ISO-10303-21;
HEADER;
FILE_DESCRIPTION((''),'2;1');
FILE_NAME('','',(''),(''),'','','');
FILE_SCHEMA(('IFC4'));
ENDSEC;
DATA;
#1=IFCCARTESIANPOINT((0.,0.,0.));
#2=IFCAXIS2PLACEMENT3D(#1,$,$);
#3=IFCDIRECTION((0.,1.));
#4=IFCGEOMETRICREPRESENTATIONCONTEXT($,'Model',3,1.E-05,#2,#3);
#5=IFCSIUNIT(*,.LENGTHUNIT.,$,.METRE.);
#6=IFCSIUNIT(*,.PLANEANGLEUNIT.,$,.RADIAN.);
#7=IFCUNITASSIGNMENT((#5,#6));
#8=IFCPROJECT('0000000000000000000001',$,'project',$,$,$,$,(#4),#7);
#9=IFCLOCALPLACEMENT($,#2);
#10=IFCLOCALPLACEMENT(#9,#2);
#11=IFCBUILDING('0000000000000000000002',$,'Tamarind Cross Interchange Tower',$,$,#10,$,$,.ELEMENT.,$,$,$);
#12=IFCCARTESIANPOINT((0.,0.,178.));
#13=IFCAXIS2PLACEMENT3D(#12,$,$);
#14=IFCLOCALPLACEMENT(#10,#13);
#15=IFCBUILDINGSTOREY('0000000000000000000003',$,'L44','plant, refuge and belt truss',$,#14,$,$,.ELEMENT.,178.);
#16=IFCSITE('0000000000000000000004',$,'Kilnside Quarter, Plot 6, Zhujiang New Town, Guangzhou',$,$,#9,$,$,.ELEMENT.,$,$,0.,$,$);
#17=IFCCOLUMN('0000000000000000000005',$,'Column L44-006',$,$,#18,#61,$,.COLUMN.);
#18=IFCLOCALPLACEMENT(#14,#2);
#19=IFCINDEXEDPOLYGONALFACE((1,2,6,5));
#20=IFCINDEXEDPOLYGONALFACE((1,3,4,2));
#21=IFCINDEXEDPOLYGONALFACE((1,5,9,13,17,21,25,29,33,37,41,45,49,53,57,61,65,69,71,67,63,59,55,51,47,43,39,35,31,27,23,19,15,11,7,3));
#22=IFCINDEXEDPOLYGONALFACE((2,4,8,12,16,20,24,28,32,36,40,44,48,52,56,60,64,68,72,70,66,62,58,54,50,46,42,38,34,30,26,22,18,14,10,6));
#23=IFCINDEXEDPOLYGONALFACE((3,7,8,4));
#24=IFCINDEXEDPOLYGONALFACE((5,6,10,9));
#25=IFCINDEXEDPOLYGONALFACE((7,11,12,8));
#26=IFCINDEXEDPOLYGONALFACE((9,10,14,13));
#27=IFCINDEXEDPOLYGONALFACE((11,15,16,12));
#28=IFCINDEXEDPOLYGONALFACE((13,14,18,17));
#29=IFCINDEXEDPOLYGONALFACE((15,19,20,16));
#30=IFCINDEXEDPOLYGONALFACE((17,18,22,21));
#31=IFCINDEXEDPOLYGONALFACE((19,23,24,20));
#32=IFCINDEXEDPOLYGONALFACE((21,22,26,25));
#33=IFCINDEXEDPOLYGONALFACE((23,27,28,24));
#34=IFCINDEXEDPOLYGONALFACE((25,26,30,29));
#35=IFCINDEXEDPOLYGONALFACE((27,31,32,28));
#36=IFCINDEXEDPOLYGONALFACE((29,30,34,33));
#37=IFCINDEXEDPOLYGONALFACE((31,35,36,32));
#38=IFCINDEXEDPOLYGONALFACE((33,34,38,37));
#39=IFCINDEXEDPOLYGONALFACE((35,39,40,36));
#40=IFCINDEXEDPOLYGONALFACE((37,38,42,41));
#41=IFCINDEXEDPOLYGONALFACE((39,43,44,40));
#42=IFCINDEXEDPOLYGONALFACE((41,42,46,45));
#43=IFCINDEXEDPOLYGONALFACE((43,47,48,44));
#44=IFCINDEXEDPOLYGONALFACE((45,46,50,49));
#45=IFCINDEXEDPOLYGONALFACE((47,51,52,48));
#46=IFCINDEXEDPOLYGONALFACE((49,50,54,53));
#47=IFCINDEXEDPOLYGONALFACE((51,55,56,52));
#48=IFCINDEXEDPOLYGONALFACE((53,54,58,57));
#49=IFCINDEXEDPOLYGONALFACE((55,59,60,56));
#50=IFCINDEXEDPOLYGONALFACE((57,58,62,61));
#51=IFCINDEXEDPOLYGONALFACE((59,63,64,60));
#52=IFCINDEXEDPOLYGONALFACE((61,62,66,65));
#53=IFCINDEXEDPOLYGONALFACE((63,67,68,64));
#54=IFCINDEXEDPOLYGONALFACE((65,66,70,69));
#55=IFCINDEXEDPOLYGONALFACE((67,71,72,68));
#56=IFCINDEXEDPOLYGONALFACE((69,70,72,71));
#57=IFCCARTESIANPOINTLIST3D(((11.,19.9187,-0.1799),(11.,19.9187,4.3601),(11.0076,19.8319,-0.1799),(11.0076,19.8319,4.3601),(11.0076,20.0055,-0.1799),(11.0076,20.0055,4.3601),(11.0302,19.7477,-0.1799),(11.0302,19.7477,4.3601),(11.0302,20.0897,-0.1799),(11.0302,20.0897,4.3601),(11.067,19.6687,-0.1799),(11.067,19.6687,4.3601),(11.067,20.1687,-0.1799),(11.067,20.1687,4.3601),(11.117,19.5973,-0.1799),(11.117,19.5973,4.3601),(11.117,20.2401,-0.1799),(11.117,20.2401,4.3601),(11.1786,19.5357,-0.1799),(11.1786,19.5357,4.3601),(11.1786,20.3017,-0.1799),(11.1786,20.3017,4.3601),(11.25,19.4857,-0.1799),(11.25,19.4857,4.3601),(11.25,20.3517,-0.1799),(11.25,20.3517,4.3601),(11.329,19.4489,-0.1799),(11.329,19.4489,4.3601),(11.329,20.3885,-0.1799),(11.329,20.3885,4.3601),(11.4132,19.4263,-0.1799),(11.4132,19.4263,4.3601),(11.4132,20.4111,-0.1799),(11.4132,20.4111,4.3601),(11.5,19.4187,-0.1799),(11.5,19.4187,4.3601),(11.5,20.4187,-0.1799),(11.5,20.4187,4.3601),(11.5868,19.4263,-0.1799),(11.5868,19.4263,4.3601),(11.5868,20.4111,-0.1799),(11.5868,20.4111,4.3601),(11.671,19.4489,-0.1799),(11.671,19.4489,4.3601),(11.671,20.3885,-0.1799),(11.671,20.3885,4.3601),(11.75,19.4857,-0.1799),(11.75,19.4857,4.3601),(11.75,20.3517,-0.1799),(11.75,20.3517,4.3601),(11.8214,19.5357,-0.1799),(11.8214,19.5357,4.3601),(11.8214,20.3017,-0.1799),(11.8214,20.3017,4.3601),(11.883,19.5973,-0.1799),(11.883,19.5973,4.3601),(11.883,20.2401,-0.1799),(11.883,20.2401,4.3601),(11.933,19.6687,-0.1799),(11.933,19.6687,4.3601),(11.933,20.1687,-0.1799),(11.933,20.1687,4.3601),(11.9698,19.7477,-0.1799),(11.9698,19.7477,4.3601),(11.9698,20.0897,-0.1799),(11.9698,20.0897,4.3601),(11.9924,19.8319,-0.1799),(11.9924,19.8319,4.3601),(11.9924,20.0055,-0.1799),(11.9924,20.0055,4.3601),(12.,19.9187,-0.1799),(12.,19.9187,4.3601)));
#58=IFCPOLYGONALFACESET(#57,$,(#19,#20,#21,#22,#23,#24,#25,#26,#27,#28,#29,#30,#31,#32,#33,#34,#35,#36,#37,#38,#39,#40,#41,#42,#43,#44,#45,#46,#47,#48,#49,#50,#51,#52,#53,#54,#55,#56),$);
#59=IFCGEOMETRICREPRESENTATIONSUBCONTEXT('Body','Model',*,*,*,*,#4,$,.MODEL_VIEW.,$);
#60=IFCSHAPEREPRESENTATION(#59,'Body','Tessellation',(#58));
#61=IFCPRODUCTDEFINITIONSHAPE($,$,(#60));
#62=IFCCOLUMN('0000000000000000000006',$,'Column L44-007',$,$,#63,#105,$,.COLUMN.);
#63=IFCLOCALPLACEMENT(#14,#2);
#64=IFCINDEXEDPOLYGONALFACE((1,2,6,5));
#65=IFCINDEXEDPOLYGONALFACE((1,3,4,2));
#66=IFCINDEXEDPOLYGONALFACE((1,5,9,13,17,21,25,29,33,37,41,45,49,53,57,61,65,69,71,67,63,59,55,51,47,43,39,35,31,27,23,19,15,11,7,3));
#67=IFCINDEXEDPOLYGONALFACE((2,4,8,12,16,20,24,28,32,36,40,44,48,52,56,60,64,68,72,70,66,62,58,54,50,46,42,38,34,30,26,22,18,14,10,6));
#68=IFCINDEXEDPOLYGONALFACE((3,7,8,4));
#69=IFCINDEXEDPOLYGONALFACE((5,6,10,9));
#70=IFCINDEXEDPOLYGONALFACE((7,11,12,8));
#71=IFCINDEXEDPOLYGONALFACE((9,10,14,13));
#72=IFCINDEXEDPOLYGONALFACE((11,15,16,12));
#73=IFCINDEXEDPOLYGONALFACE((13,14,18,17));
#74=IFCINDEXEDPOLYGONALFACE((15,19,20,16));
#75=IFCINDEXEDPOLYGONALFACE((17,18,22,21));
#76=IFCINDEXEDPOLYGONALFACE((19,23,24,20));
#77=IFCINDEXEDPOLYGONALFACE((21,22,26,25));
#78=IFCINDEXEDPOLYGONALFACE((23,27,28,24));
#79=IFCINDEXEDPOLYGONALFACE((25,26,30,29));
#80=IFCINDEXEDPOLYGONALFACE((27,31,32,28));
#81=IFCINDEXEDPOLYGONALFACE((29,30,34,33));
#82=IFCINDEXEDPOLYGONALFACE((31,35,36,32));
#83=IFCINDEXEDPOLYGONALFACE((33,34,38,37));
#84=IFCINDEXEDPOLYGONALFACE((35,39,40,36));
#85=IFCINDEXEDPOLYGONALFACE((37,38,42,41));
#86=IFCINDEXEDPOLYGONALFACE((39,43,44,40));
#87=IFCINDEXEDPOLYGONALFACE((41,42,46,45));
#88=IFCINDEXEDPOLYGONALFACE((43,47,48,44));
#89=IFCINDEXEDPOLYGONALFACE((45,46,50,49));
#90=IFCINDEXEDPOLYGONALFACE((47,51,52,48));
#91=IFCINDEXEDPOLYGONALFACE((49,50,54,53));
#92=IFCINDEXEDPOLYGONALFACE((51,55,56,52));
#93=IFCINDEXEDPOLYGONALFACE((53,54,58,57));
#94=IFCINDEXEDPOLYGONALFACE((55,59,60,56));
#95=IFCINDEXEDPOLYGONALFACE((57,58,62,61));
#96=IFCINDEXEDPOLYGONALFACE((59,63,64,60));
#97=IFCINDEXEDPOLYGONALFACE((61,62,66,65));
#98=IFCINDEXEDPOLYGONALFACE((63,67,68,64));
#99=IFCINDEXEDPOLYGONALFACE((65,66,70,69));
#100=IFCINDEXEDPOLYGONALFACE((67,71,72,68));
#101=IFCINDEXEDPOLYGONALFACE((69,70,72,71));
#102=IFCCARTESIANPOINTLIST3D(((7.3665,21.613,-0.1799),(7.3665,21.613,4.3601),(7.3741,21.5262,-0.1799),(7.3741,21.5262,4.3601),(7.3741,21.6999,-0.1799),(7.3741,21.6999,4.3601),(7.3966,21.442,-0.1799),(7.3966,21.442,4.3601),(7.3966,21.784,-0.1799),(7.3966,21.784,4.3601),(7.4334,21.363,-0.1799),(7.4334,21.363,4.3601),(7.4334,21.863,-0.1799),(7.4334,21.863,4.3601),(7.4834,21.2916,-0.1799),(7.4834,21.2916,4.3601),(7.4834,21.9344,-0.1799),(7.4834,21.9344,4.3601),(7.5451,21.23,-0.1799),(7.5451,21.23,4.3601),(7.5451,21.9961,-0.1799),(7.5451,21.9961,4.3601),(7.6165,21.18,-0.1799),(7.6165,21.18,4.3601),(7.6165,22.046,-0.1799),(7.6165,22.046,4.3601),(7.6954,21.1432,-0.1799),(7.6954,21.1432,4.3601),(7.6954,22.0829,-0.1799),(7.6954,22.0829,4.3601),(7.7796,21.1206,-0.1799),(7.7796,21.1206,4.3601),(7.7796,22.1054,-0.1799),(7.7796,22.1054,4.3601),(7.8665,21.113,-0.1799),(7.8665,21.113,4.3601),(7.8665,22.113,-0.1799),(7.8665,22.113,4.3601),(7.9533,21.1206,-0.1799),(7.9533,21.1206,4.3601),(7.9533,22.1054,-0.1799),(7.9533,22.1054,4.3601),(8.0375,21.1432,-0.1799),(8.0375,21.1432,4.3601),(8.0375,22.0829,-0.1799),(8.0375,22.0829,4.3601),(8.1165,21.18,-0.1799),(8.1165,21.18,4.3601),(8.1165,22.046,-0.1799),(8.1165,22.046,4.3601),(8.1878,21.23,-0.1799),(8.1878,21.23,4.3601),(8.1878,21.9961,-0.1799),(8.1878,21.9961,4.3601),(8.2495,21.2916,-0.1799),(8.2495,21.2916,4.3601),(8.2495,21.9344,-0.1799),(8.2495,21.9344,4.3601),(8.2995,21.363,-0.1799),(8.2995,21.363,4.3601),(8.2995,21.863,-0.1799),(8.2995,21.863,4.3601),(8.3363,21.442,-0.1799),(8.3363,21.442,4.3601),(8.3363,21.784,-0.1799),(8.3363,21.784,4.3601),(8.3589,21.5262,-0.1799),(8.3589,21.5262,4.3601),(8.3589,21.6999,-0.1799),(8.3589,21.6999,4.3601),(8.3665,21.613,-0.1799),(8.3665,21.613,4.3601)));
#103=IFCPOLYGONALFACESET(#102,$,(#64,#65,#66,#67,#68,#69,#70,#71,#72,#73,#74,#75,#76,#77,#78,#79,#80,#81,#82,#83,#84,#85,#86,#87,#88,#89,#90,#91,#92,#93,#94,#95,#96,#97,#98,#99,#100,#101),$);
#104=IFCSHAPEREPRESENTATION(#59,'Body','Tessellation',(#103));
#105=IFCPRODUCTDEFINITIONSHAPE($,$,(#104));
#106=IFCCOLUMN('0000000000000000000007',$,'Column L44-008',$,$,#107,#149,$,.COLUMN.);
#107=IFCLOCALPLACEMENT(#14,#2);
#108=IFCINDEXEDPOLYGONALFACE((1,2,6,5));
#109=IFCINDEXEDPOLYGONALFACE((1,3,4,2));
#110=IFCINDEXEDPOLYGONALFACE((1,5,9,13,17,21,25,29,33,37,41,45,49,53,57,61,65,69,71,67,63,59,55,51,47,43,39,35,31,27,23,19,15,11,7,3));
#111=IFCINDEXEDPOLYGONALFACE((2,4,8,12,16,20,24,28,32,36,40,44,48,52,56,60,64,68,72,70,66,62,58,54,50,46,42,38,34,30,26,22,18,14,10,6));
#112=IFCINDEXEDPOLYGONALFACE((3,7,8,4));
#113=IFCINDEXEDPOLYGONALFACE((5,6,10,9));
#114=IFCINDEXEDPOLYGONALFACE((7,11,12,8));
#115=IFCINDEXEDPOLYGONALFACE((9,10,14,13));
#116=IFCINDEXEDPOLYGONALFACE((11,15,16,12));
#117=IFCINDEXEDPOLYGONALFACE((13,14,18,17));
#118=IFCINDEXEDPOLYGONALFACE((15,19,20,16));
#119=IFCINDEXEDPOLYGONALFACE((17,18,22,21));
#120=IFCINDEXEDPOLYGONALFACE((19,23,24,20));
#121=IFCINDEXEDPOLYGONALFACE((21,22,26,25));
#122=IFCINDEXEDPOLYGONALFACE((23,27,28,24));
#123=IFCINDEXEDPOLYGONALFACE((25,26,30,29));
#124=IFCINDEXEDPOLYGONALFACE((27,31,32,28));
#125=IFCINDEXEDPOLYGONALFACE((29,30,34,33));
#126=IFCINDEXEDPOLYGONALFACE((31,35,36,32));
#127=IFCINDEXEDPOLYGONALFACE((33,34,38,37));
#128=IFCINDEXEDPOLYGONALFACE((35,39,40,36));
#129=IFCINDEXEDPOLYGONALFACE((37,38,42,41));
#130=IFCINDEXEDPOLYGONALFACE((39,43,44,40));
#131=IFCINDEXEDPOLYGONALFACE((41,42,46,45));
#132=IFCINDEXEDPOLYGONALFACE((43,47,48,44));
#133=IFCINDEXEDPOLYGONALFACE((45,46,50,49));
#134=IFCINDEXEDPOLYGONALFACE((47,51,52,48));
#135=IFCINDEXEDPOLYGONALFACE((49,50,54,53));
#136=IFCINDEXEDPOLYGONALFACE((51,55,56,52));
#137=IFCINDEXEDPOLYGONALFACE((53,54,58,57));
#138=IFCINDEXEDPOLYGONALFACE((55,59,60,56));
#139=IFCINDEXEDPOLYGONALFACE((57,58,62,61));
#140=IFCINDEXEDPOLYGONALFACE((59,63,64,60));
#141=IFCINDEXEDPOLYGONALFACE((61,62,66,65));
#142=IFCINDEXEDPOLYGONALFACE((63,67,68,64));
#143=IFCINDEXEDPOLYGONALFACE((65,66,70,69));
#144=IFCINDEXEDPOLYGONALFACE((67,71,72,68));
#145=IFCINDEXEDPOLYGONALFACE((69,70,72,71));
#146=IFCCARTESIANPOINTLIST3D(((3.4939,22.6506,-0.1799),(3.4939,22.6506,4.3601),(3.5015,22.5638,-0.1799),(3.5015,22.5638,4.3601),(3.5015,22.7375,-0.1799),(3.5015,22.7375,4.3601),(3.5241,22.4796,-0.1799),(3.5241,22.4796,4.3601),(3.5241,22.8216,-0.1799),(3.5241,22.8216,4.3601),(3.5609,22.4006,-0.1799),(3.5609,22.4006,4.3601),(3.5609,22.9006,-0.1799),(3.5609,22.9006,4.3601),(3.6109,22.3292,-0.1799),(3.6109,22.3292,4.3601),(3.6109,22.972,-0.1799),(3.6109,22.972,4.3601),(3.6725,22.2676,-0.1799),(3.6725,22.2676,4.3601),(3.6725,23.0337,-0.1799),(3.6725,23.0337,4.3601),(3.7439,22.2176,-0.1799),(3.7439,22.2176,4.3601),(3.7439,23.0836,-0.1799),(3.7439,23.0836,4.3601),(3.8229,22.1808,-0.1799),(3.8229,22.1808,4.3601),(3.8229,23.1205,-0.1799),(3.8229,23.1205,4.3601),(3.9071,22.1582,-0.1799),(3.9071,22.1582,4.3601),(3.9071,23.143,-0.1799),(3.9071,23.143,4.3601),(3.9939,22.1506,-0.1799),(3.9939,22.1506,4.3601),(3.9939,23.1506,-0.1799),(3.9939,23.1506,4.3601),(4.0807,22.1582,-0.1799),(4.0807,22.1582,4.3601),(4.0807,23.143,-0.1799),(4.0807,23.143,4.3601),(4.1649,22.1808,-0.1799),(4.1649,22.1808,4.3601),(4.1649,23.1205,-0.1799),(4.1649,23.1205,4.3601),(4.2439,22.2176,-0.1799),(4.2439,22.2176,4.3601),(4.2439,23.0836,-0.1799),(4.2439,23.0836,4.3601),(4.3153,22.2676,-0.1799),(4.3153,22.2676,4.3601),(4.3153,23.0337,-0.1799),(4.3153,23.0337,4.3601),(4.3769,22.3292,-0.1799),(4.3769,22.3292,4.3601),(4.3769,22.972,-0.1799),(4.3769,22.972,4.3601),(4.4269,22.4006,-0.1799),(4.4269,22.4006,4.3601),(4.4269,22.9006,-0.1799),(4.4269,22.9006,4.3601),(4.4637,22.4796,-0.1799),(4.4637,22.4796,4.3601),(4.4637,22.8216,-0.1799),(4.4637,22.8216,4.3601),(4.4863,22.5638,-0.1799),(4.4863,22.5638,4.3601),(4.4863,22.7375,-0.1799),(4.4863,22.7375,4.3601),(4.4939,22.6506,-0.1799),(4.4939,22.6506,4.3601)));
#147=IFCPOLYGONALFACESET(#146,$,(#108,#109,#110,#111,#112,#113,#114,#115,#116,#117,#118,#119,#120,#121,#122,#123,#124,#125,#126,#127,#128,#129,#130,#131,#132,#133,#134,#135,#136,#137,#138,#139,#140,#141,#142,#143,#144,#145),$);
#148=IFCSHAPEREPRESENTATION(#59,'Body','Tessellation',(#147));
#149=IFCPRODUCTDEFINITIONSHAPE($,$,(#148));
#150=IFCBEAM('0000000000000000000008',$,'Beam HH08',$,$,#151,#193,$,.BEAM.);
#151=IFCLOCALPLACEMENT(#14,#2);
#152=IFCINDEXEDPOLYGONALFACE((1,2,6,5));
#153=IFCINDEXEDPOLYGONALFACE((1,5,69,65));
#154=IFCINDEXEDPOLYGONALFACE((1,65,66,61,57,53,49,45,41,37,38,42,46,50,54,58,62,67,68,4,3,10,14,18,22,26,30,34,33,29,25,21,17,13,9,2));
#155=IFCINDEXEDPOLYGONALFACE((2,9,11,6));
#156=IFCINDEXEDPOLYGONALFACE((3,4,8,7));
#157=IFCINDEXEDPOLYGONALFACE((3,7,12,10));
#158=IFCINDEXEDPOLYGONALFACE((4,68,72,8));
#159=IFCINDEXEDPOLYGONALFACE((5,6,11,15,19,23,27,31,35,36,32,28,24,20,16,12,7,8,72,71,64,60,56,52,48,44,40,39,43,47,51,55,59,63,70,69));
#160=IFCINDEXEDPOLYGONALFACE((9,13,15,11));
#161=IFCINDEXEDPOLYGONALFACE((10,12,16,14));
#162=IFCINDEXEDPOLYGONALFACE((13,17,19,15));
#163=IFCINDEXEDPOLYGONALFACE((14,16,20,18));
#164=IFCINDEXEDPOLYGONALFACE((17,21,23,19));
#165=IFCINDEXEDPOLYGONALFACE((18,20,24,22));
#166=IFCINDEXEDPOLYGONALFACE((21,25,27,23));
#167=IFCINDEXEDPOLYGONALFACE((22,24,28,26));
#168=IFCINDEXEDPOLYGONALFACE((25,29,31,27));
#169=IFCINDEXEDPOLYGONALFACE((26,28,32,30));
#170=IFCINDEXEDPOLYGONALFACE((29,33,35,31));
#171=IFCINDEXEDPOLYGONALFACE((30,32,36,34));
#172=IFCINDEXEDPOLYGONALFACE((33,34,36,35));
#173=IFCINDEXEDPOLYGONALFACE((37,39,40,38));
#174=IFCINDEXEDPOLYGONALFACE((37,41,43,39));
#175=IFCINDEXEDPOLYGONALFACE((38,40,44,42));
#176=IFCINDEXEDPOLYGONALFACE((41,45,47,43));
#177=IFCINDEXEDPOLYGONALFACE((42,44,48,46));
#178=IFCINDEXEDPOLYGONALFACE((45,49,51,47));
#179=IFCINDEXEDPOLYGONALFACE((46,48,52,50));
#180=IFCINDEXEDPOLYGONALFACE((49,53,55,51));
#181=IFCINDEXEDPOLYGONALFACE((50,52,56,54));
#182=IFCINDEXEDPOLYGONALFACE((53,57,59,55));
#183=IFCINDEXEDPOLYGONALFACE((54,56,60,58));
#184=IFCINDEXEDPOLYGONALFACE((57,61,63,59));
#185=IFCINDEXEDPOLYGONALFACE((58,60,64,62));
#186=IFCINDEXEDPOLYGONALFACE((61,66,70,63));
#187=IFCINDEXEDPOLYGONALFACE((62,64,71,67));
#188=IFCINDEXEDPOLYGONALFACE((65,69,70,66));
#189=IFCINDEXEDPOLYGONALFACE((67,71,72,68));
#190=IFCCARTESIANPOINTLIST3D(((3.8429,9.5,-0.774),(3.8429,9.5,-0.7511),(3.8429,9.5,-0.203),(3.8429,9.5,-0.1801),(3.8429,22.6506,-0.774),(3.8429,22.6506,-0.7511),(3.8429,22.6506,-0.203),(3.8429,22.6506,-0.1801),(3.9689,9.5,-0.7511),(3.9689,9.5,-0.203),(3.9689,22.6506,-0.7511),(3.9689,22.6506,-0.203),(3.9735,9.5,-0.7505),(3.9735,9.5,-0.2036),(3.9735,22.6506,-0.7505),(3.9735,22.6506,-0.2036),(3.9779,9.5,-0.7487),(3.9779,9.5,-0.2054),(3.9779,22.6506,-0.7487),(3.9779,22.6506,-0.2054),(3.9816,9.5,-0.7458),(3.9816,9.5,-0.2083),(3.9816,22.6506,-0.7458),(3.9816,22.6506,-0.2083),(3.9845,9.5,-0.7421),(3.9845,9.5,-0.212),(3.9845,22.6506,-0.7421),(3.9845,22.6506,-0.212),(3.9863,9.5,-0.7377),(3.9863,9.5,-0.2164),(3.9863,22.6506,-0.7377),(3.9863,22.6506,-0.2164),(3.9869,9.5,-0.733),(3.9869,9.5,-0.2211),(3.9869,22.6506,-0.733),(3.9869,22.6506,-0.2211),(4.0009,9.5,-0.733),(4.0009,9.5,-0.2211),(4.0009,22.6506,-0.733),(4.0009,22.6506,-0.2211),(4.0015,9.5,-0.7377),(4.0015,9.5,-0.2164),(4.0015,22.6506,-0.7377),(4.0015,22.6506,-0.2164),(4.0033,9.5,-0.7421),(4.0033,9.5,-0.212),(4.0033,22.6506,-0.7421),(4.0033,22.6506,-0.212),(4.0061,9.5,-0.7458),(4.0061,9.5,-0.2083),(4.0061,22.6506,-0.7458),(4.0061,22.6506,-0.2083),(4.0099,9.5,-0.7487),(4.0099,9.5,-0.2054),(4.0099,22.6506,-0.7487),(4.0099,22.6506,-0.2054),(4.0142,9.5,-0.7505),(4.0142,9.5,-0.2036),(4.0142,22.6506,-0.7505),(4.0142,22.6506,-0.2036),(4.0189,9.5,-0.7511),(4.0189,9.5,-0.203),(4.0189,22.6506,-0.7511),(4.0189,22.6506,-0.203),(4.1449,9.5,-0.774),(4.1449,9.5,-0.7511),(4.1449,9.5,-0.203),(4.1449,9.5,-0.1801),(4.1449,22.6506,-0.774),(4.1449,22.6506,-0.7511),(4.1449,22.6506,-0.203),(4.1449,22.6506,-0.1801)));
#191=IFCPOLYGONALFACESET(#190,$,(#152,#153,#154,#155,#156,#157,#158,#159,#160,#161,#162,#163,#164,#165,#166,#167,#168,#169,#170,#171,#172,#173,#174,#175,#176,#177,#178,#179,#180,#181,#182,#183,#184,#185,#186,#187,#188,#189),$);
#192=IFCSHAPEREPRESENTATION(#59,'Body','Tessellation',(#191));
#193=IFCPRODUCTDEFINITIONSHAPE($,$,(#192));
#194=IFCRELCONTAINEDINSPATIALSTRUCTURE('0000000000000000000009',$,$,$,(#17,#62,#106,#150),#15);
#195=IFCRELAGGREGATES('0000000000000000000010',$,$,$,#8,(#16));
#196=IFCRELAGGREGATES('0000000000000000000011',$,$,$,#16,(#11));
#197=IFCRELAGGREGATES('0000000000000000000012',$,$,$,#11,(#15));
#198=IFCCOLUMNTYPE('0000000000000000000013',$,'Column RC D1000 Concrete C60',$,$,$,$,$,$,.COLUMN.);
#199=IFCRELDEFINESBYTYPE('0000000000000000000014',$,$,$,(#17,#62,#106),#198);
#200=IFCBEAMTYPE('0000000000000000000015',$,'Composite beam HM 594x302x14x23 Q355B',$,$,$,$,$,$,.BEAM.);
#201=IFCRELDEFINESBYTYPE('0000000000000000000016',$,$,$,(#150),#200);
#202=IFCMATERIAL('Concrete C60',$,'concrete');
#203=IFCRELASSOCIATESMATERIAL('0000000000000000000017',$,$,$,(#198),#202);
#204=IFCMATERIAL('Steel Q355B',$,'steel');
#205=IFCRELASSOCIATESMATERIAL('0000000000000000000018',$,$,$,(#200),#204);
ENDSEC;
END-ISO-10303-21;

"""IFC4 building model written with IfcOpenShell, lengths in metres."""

from ifc_helpers import new_model, si_unit, direction, frame, origin, origin_2d, place, context, subcontext, project, spatial, circle, i_section, extrude, material, material_profile, profile_set, type_object, element, save


model = new_model("IFC4")

# Units and contexts
model_context = context("Model", 3, precision=1e-05, world=origin(), true_north=direction((0.0, 1.0)))
body_context = subcontext(model_context, "Body", "Model", "MODEL_VIEW")
ifc_project = project(units=[si_unit("LENGTHUNIT", "METRE"), si_unit("PLANEANGLEUNIT", "RADIAN")], contexts=[model_context])

# Site, building, storey
site_placement = place(None, origin())
site = spatial("IfcSite", under=ifc_project, at=site_placement, Name="Kilnside Quarter, Plot 6, Zhujiang New Town, Guangzhou", CompositionType="ELEMENT", RefElevation=0.0)
building_placement = place(site_placement, origin())
building = spatial("IfcBuilding", under=site, at=building_placement, Name="Tamarind Cross Interchange Tower", CompositionType="ELEMENT")
storey_placement = place(building_placement, frame((0.0, 0.0, 178.0)))
storey = spatial("IfcBuildingStorey", under=building, at=storey_placement, Name="L44", Description="plant, refuge and belt truss", CompositionType="ELEMENT", Elevation=178.0)

# Columns
ifc_material_1 = material(Name="Concrete C60", Category="concrete")
ifc_material_profile_1 = material_profile(ifc_material_1, circle(Radius=0.5, at=origin_2d()), Name="RC D1000")
ifc_profile_set_1 = profile_set([ifc_material_profile_1], Name="Concrete C60")
column_type = type_object("IfcColumnType", Name="Column RC D1000 Concrete C60", PredefinedType="COLUMN", material=ifc_profile_set_1)
for number, where, z_axis, x_axis, name in (
    (1, (11.5, 19.9187, -0.1799), (0.0, 0.0, 1.0), (1.0, 0.0, 0.0), "Column L44-006"),
    (2, (7.8665, 21.613, -0.1799), (0.0, 0.0, 1.0), (1.0, 0.0, 0.0), "Column L44-007"),
    (3, (3.9939, 22.6506, -0.1799), (0.0, 0.0, 1.0), (1.0, 0.0, 0.0), "Column L44-008"),
):
    element("IfcColumn", number, at=place(storey_placement, frame(where, z_axis=z_axis, x_axis=x_axis)), inside=storey, type_object=column_type, Name=name, PredefinedType="COLUMN", context=body_context, shape_type="SweptSolid", body=[
        extrude(circle(Radius=0.5, at=origin_2d()), origin(), (0.0, 0.0, 1.0), 4.54),
    ])

# Beam
ifc_material_2 = material(Name="Steel Q355B", Category="steel")
ifc_material_profile_2 = material_profile(ifc_material_2, i_section(OverallWidth=0.302, OverallDepth=0.594, WebThickness=0.0139, FlangeThickness=0.0229, FilletRadius=0.0181, at=origin_2d()), Name="HM 594x302x14x23")
ifc_profile_set_2 = profile_set([ifc_material_profile_2], Name="Steel Q355B")
beam_type = type_object("IfcBeamType", Name="Composite beam HM 594x302x14x23 Q355B", PredefinedType="BEAM", material=ifc_profile_set_2)
beam_placement = place(storey_placement, frame((3.9939, 22.6506, -0.4771), z_axis=(0.0, -1.0, 0.0), x_axis=(1.0, 0.0, 0.0)))
element("IfcBeam", 4, at=beam_placement, inside=storey, type_object=beam_type, Name="Beam HH08", PredefinedType="BEAM", context=body_context, shape_type="SweptSolid", body=[
    extrude(i_section(OverallWidth=0.302, OverallDepth=0.594, WebThickness=0.0139, FlangeThickness=0.0229, FilletRadius=0.0181, at=origin_2d()), origin(), (0.0, 0.0, 1.0), 13.1506),
])

save(model, "model.ifc")
